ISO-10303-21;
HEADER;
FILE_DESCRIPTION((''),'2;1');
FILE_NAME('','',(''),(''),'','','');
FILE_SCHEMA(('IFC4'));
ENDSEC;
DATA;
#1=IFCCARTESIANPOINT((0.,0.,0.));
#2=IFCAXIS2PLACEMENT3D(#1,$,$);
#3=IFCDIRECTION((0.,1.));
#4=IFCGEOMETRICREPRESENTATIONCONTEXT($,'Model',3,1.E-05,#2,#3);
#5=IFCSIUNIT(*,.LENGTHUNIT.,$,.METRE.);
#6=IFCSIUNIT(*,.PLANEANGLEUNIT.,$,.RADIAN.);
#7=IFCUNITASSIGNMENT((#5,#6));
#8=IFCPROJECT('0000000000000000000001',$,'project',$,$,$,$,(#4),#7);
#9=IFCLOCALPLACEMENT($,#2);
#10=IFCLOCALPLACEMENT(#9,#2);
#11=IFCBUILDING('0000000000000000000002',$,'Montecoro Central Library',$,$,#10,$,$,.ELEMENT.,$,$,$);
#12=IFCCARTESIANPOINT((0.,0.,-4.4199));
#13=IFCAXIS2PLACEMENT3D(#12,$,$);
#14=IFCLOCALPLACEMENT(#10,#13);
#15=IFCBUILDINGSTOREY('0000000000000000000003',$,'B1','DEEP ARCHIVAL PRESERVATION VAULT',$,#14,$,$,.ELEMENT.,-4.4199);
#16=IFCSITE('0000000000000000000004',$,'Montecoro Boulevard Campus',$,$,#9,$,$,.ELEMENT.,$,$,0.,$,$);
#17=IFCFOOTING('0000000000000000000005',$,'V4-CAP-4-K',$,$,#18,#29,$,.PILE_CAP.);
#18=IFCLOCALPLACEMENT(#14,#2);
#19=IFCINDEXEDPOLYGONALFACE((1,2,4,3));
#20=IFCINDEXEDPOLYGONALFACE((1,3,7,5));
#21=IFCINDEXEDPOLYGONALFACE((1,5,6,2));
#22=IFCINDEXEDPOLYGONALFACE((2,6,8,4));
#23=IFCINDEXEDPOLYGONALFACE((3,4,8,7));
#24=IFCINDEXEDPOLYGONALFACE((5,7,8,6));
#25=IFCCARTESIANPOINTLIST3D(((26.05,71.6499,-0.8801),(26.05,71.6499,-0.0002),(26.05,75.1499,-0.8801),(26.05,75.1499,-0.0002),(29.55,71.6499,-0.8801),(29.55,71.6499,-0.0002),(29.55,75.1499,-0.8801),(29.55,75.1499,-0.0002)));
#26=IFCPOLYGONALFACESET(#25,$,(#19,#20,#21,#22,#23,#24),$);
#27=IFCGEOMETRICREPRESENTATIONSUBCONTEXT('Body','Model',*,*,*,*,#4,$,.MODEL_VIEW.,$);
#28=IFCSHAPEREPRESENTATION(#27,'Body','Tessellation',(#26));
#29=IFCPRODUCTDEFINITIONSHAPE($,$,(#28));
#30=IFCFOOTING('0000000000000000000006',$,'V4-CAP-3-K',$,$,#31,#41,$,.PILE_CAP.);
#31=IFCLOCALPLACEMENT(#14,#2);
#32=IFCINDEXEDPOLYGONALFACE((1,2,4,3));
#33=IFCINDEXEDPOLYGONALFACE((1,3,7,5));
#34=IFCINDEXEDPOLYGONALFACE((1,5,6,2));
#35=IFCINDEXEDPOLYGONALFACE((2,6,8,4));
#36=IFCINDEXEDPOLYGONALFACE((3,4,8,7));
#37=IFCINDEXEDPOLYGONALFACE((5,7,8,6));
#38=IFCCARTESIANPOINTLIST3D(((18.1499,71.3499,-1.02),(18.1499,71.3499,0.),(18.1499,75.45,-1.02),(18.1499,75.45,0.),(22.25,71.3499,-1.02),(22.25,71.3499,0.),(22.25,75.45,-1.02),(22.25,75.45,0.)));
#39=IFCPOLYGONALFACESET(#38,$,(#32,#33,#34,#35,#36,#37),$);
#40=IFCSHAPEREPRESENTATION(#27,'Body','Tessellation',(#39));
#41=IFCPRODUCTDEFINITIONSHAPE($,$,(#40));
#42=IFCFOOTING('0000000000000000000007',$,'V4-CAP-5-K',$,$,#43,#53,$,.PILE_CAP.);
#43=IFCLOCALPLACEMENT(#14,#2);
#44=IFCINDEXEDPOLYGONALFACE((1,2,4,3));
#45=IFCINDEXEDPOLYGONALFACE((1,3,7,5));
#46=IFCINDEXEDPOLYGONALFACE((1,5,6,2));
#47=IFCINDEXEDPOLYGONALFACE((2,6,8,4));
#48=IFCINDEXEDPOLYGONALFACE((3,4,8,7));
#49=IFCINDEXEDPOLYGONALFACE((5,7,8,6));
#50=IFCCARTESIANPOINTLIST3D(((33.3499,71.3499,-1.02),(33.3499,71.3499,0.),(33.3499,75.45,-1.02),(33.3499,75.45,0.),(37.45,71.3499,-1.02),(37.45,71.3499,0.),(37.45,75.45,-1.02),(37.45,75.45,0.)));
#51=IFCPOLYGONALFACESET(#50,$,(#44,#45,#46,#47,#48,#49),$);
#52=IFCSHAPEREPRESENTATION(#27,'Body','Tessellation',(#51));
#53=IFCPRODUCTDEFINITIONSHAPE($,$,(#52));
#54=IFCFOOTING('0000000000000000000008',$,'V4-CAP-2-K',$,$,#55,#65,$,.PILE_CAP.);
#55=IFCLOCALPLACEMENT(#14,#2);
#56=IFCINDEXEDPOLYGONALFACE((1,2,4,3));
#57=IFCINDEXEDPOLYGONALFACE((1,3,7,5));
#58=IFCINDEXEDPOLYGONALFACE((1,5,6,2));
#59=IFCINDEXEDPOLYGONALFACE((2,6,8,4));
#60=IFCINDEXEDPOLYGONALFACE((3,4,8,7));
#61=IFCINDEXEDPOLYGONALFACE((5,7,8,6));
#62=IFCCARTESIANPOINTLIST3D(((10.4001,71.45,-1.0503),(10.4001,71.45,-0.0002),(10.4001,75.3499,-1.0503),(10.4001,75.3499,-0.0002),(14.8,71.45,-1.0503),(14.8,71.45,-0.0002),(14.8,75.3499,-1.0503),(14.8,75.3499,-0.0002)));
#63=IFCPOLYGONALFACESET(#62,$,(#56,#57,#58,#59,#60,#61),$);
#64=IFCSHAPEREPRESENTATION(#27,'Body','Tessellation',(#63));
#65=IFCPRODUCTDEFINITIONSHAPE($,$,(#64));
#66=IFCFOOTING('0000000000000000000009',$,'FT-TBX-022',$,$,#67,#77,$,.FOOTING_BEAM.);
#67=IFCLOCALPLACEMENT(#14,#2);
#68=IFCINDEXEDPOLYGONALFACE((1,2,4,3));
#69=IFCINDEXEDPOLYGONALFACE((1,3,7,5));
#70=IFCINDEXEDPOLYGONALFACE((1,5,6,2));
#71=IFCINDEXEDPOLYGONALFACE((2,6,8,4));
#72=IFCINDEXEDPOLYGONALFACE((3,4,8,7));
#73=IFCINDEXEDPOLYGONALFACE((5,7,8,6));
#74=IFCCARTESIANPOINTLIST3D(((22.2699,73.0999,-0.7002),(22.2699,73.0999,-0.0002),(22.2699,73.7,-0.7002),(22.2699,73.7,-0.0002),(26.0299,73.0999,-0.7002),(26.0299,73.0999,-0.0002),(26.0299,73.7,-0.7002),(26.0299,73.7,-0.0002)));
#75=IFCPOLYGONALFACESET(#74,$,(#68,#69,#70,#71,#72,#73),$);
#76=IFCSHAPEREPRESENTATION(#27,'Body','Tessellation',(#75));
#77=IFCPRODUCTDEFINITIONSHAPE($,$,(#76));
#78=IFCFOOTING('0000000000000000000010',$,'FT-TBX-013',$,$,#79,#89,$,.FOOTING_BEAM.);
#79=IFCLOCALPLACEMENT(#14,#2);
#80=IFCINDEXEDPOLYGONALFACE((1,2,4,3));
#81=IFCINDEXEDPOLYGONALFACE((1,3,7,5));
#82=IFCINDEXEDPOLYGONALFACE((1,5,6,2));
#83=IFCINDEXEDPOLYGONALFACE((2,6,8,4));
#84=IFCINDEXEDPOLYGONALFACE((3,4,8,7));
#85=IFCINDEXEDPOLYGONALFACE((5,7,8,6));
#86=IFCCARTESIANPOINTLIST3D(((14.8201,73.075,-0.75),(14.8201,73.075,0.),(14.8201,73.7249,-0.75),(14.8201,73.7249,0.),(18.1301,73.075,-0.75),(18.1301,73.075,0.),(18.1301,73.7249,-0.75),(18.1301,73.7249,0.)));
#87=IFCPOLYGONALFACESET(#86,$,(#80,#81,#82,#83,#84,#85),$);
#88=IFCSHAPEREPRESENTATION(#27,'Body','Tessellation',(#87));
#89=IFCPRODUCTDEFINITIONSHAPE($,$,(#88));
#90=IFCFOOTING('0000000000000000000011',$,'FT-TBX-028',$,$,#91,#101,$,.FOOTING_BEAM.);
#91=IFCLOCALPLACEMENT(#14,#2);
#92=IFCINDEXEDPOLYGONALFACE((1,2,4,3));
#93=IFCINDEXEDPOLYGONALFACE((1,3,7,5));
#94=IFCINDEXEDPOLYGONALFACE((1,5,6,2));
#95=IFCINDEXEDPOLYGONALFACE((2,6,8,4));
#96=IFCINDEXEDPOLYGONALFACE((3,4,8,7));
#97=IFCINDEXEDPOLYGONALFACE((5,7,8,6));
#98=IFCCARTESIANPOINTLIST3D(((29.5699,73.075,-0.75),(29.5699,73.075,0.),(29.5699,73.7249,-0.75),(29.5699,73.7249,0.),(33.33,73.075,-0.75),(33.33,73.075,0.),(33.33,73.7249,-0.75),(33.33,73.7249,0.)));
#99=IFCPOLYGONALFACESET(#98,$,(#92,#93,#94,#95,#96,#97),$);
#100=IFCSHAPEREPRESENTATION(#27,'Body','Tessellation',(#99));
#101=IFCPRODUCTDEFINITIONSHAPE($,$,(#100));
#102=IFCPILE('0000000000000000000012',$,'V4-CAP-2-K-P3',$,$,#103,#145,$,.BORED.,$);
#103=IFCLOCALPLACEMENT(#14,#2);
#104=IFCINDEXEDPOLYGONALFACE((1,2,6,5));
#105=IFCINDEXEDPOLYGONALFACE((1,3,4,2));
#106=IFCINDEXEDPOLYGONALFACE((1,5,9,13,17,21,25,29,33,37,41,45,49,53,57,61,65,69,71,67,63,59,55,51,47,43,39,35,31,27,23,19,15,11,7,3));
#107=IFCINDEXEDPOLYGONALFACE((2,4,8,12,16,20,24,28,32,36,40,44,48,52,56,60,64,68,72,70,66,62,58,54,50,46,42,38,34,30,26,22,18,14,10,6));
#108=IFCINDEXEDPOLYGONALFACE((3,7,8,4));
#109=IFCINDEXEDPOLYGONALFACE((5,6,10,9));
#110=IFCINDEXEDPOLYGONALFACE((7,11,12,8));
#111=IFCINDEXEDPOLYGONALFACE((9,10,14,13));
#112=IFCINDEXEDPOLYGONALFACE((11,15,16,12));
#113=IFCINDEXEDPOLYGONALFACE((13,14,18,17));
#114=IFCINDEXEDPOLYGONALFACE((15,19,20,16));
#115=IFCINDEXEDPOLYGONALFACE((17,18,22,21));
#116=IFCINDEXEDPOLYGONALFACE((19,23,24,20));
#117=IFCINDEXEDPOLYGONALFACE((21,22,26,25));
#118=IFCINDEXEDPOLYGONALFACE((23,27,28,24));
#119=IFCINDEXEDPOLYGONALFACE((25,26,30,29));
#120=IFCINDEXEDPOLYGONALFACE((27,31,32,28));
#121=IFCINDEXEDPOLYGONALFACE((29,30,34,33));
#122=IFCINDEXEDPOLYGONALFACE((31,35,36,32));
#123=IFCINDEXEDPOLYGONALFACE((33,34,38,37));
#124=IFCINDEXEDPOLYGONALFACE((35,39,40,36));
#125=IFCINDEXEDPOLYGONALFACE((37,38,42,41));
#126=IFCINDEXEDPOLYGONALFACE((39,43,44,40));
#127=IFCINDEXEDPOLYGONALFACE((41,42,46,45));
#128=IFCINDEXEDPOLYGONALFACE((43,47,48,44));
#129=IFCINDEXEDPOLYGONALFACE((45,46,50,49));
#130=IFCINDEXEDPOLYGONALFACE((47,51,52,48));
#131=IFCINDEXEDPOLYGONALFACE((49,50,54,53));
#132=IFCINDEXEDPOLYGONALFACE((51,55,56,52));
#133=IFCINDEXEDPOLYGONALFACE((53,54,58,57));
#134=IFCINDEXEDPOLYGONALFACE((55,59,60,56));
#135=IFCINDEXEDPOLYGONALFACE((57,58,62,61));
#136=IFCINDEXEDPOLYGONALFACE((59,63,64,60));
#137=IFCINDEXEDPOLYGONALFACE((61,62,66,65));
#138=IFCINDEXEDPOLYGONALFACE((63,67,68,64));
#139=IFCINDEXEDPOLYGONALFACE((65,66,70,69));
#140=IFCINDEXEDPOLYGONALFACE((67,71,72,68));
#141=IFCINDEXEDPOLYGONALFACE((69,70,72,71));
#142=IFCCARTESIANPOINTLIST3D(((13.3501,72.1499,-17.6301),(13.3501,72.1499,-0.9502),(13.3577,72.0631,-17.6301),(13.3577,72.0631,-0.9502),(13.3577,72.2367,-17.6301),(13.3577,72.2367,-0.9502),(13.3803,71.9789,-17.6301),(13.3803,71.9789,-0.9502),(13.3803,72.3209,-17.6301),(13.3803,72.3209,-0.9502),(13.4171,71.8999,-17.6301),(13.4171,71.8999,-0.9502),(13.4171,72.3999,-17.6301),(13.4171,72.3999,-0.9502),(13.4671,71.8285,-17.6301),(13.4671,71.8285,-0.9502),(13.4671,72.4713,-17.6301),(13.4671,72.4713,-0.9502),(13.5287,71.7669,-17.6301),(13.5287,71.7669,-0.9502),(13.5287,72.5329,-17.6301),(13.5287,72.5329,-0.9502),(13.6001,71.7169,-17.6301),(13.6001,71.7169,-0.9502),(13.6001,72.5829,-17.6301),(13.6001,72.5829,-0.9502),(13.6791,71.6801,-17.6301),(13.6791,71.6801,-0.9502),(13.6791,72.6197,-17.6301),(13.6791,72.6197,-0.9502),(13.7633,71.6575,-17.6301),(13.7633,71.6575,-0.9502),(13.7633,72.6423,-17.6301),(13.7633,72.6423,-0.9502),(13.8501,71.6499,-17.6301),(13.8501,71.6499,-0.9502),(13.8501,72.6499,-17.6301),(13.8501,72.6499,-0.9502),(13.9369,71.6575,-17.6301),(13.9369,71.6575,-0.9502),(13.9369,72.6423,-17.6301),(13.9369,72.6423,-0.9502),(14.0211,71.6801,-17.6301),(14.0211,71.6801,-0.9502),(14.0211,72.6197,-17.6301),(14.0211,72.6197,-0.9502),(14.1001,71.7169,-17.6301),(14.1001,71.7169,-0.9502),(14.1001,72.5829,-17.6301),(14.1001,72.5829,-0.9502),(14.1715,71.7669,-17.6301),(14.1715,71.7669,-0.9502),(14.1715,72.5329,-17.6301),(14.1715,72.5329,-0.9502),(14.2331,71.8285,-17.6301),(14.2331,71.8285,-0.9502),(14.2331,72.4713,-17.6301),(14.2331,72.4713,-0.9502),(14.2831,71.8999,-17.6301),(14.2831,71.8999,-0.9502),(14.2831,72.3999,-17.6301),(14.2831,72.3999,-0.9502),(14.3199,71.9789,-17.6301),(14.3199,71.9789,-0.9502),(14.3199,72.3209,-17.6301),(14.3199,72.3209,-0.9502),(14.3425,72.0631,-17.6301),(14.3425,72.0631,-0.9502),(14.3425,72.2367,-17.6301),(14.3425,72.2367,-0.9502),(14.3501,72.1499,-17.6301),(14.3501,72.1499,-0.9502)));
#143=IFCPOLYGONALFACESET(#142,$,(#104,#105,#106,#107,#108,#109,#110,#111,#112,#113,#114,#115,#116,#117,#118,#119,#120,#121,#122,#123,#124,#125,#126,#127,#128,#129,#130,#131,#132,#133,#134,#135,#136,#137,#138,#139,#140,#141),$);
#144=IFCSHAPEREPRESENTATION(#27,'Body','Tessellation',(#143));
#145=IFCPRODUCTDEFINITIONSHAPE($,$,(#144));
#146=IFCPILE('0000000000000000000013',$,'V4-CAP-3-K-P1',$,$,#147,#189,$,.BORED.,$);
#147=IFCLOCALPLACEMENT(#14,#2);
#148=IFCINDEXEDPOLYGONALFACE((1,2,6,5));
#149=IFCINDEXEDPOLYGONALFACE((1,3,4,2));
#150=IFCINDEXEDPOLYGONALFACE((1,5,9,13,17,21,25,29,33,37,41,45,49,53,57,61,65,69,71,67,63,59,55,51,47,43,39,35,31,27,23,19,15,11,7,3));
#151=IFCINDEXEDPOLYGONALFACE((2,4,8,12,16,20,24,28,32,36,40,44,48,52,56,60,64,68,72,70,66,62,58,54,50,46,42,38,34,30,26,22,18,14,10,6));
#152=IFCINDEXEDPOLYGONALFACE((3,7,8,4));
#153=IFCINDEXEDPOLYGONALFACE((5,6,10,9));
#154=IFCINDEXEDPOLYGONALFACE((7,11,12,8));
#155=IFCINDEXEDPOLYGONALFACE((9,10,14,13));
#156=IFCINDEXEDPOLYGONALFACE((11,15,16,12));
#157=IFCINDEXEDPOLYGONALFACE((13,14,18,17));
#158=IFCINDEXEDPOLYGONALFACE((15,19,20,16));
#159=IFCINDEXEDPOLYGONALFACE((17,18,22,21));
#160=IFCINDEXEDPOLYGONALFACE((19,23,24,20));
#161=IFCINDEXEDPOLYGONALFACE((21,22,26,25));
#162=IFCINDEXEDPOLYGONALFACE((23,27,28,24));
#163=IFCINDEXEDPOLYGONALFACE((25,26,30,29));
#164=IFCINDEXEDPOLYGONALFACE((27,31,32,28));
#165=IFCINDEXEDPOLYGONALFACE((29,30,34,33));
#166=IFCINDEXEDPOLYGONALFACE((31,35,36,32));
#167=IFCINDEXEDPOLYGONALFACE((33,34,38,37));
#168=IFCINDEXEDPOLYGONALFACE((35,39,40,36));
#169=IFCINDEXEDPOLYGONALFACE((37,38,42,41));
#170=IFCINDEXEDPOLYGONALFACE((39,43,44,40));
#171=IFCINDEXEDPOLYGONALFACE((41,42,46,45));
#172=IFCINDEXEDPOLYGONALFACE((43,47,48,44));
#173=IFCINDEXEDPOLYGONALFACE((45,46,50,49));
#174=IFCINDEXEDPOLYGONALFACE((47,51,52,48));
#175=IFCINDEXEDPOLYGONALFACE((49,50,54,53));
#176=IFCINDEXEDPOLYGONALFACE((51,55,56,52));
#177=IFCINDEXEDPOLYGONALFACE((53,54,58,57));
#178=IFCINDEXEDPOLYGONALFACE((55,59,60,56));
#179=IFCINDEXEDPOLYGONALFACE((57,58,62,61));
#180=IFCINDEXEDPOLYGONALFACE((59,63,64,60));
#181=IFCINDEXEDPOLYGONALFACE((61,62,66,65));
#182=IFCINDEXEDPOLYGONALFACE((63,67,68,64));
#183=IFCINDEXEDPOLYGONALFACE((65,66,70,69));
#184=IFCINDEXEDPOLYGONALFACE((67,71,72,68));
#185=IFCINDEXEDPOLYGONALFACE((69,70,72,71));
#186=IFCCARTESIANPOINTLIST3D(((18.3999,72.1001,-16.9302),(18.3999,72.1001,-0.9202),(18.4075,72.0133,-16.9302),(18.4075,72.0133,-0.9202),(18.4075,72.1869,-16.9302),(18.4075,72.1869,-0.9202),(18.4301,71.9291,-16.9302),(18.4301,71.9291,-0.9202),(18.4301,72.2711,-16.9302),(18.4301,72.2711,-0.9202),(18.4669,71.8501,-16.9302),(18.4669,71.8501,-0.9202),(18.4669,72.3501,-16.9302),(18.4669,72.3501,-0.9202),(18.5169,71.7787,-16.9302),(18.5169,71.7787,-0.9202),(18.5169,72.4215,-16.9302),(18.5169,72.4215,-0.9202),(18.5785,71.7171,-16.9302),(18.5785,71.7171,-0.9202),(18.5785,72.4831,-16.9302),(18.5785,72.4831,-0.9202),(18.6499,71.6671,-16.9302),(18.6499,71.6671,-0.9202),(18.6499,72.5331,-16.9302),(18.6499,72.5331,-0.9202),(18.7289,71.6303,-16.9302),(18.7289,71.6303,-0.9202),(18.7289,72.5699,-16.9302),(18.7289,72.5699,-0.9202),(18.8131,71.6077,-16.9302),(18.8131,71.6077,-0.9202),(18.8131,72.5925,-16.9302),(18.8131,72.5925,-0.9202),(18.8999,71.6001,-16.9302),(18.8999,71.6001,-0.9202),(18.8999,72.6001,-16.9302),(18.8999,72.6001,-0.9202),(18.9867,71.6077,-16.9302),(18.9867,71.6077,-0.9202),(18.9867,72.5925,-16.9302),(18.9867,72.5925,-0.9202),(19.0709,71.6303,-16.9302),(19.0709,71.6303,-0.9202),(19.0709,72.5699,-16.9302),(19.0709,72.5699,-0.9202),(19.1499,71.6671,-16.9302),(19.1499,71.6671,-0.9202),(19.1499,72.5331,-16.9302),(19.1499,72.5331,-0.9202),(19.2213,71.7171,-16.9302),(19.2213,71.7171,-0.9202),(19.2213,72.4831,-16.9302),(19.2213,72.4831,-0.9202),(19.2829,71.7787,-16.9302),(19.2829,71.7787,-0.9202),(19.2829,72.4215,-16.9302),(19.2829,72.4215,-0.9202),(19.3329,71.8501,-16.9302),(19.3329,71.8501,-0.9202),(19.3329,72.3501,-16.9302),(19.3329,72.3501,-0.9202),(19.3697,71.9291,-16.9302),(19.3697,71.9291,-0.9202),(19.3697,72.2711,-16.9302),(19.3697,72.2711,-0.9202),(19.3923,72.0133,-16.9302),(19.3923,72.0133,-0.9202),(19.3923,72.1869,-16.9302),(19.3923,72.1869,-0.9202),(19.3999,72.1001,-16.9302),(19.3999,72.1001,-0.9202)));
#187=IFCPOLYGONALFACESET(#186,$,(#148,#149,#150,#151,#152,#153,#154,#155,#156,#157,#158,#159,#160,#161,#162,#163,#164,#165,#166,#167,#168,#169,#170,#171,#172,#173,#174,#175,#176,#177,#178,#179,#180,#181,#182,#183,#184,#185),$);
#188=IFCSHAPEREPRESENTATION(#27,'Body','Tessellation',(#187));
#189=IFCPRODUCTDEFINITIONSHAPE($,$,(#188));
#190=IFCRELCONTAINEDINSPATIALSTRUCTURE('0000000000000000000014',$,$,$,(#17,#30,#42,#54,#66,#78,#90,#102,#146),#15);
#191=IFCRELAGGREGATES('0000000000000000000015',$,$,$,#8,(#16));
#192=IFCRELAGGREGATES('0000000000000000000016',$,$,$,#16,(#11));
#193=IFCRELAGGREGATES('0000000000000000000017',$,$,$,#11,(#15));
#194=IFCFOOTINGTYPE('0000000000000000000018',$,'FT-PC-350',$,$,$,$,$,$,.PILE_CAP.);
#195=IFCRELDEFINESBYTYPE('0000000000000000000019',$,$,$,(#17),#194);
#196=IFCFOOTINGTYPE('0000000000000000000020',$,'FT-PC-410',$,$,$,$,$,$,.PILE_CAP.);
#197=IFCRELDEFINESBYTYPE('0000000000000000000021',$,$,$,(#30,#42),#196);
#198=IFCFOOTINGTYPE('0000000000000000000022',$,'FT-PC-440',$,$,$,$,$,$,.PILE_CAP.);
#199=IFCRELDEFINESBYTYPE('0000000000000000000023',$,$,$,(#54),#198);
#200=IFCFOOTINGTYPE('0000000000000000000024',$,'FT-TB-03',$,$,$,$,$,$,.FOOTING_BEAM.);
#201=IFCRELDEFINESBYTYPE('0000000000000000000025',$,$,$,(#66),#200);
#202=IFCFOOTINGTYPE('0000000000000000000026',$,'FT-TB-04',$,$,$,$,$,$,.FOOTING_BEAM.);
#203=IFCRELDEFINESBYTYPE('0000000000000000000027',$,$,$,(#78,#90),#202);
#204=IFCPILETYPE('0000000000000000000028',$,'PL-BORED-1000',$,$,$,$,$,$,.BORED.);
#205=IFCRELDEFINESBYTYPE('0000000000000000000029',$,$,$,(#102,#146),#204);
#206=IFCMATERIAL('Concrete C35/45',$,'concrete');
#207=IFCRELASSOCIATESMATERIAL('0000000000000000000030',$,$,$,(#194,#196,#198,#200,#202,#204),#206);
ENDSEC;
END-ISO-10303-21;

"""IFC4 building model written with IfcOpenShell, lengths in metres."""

from ifc_helpers import new_model, si_unit, direction, frame, origin, origin_2d, place, context, subcontext, project, spatial, rectangle, circle, extrude, material, material_profile, profile_set, type_object, element, save


model = new_model("IFC4")

# Units and contexts
model_context = context("Model", 3, precision=1e-05, world=origin(), true_north=direction((0.0, 1.0)))
body_context = subcontext(model_context, "Body", "Model", "MODEL_VIEW")
ifc_project = project(units=[si_unit("LENGTHUNIT", "METRE"), si_unit("PLANEANGLEUNIT", "RADIAN")], contexts=[model_context])

# Site, building, storey
site_placement = place(None, origin())
site = spatial("IfcSite", under=ifc_project, at=site_placement, Name="Montecoro Boulevard Campus", CompositionType="ELEMENT", RefElevation=0.0)
building_placement = place(site_placement, origin())
building = spatial("IfcBuilding", under=site, at=building_placement, Name="Montecoro Central Library", CompositionType="ELEMENT")
storey_placement = place(building_placement, frame((0.0, 0.0, -4.4199)))
storey = spatial("IfcBuildingStorey", under=building, at=storey_placement, Name="B1", Description="DEEP ARCHIVAL PRESERVATION VAULT", CompositionType="ELEMENT", Elevation=-4.4199)

# Footings
ifc_material_1 = material(Name="Concrete C35/45", Category="concrete")
footing_type_1 = type_object("IfcFootingType", Name="FT-PC-350", PredefinedType="PILE_CAP", material=ifc_material_1)
footing_1_placement = place(storey_placement, frame((27.8, 73.3999, -0.8801), z_axis=(0.0, 0.0, 1.0), x_axis=(1.0, 0.0, 0.0)))
element("IfcFooting", 1, at=footing_1_placement, inside=storey, type_object=footing_type_1, Name="V4-CAP-4-K", PredefinedType="PILE_CAP", context=body_context, shape_type="SweptSolid", body=[
    extrude(rectangle(XDim=3.5, YDim=3.5, at=origin_2d()), origin(), (0.0, 0.0, 1.0), 0.8799),
])
footing_type_2 = type_object("IfcFootingType", Name="FT-PC-410", PredefinedType="PILE_CAP", material=ifc_material_1)
for number, where, z_axis, x_axis, name in (
    (2, (20.2, 73.3999, -1.02), (0.0, 0.0, 1.0), (1.0, 0.0, 0.0), "V4-CAP-3-K"),
    (3, (35.3999, 73.3999, -1.02), (0.0, 0.0, 1.0), (1.0, 0.0, 0.0), "V4-CAP-5-K"),
):
    element("IfcFooting", number, at=place(storey_placement, frame(where, z_axis=z_axis, x_axis=x_axis)), inside=storey, type_object=footing_type_2, Name=name, PredefinedType="PILE_CAP", context=body_context, shape_type="SweptSolid", body=[
        extrude(rectangle(XDim=4.1001, YDim=4.1001, at=origin_2d()), origin(), (0.0, 0.0, 1.0), 1.02),
    ])
footing_type_3 = type_object("IfcFootingType", Name="FT-PC-440", PredefinedType="PILE_CAP", material=ifc_material_1)
footing_2_placement = place(storey_placement, frame((12.6001, 73.3999, -1.0503), z_axis=(0.0, 0.0, 1.0), x_axis=(1.0, 0.0, 0.0)))
element("IfcFooting", 4, at=footing_2_placement, inside=storey, type_object=footing_type_3, Name="V4-CAP-2-K", PredefinedType="PILE_CAP", context=body_context, shape_type="SweptSolid", body=[
    extrude(rectangle(XDim=4.3999, YDim=3.8999, at=origin_2d()), origin(), (0.0, 0.0, 1.0), 1.05),
])
footing_type_4 = type_object("IfcFootingType", Name="FT-TB-03", PredefinedType="FOOTING_BEAM", material=ifc_material_1)
footing_3_placement = place(storey_placement, frame((24.1499, 73.3999, -0.7002), z_axis=(0.0, 0.0, 1.0), x_axis=(1.0, 0.0, 0.0)))
element("IfcFooting", 5, at=footing_3_placement, inside=storey, type_object=footing_type_4, Name="FT-TBX-022", PredefinedType="FOOTING_BEAM", context=body_context, shape_type="SweptSolid", body=[
    extrude(rectangle(XDim=3.76, YDim=0.6001, at=origin_2d()), origin(), (0.0, 0.0, 1.0), 0.7),
])
footing_type_5 = type_object("IfcFootingType", Name="FT-TB-04", PredefinedType="FOOTING_BEAM", material=ifc_material_1)
footing_4_placement = place(storey_placement, frame((16.4751, 73.3999, -0.75), z_axis=(0.0, 0.0, 1.0), x_axis=(1.0, 0.0, 0.0)))
element("IfcFooting", 6, at=footing_4_placement, inside=storey, type_object=footing_type_5, Name="FT-TBX-013", PredefinedType="FOOTING_BEAM", context=body_context, shape_type="SweptSolid", body=[
    extrude(rectangle(XDim=3.3101, YDim=0.6499, at=origin_2d()), origin(), (0.0, 0.0, 1.0), 0.75),
])
footing_5_placement = place(storey_placement, frame((31.45, 73.3999, -0.75), z_axis=(0.0, 0.0, 1.0), x_axis=(1.0, 0.0, 0.0)))
element("IfcFooting", 7, at=footing_5_placement, inside=storey, type_object=footing_type_5, Name="FT-TBX-028", PredefinedType="FOOTING_BEAM", context=body_context, shape_type="SweptSolid", body=[
    extrude(rectangle(XDim=3.76, YDim=0.6499, at=origin_2d()), origin(), (0.0, 0.0, 1.0), 0.75),
])

# Piles
ifc_material_profile_1 = material_profile(ifc_material_1, circle(Radius=0.5, at=origin_2d()), Name="PILE D1000")
ifc_profile_set_1 = profile_set([ifc_material_profile_1], Name="Concrete C35/45")
pile_type_1 = type_object("IfcPileType", Name="PL-BORED-1000", PredefinedType="BORED", material=ifc_profile_set_1)
pile_placement = place(storey_placement, frame((13.8501, 72.1499, -0.9502), z_axis=(0.0, 0.0, -1.0), x_axis=(1.0, 0.0, 0.0)))
element("IfcPile", 8, at=pile_placement, inside=storey, type_object=pile_type_1, Name="V4-CAP-2-K-P3", PredefinedType="BORED", context=body_context, shape_type="SweptSolid", body=[
    extrude(circle(Radius=0.5, at=origin_2d()), origin(), (0.0, 0.0, 1.0), 16.6799),
])
for number, where, z_axis, x_axis, name in (
    (9, (18.8999, 72.1001, -0.9202), (0.0, 0.0, -1.0), (1.0, 0.0, 0.0), "V4-CAP-3-K-P1"),
):
    element("IfcPile", number, at=place(storey_placement, frame(where, z_axis=z_axis, x_axis=x_axis)), inside=storey, type_object=pile_type_1, Name=name, PredefinedType="BORED", context=body_context, shape_type="SweptSolid", body=[
        extrude(circle(Radius=0.5, at=origin_2d()), origin(), (0.0, 0.0, 1.0), 16.01),
    ])

save(model, "model.ifc")
